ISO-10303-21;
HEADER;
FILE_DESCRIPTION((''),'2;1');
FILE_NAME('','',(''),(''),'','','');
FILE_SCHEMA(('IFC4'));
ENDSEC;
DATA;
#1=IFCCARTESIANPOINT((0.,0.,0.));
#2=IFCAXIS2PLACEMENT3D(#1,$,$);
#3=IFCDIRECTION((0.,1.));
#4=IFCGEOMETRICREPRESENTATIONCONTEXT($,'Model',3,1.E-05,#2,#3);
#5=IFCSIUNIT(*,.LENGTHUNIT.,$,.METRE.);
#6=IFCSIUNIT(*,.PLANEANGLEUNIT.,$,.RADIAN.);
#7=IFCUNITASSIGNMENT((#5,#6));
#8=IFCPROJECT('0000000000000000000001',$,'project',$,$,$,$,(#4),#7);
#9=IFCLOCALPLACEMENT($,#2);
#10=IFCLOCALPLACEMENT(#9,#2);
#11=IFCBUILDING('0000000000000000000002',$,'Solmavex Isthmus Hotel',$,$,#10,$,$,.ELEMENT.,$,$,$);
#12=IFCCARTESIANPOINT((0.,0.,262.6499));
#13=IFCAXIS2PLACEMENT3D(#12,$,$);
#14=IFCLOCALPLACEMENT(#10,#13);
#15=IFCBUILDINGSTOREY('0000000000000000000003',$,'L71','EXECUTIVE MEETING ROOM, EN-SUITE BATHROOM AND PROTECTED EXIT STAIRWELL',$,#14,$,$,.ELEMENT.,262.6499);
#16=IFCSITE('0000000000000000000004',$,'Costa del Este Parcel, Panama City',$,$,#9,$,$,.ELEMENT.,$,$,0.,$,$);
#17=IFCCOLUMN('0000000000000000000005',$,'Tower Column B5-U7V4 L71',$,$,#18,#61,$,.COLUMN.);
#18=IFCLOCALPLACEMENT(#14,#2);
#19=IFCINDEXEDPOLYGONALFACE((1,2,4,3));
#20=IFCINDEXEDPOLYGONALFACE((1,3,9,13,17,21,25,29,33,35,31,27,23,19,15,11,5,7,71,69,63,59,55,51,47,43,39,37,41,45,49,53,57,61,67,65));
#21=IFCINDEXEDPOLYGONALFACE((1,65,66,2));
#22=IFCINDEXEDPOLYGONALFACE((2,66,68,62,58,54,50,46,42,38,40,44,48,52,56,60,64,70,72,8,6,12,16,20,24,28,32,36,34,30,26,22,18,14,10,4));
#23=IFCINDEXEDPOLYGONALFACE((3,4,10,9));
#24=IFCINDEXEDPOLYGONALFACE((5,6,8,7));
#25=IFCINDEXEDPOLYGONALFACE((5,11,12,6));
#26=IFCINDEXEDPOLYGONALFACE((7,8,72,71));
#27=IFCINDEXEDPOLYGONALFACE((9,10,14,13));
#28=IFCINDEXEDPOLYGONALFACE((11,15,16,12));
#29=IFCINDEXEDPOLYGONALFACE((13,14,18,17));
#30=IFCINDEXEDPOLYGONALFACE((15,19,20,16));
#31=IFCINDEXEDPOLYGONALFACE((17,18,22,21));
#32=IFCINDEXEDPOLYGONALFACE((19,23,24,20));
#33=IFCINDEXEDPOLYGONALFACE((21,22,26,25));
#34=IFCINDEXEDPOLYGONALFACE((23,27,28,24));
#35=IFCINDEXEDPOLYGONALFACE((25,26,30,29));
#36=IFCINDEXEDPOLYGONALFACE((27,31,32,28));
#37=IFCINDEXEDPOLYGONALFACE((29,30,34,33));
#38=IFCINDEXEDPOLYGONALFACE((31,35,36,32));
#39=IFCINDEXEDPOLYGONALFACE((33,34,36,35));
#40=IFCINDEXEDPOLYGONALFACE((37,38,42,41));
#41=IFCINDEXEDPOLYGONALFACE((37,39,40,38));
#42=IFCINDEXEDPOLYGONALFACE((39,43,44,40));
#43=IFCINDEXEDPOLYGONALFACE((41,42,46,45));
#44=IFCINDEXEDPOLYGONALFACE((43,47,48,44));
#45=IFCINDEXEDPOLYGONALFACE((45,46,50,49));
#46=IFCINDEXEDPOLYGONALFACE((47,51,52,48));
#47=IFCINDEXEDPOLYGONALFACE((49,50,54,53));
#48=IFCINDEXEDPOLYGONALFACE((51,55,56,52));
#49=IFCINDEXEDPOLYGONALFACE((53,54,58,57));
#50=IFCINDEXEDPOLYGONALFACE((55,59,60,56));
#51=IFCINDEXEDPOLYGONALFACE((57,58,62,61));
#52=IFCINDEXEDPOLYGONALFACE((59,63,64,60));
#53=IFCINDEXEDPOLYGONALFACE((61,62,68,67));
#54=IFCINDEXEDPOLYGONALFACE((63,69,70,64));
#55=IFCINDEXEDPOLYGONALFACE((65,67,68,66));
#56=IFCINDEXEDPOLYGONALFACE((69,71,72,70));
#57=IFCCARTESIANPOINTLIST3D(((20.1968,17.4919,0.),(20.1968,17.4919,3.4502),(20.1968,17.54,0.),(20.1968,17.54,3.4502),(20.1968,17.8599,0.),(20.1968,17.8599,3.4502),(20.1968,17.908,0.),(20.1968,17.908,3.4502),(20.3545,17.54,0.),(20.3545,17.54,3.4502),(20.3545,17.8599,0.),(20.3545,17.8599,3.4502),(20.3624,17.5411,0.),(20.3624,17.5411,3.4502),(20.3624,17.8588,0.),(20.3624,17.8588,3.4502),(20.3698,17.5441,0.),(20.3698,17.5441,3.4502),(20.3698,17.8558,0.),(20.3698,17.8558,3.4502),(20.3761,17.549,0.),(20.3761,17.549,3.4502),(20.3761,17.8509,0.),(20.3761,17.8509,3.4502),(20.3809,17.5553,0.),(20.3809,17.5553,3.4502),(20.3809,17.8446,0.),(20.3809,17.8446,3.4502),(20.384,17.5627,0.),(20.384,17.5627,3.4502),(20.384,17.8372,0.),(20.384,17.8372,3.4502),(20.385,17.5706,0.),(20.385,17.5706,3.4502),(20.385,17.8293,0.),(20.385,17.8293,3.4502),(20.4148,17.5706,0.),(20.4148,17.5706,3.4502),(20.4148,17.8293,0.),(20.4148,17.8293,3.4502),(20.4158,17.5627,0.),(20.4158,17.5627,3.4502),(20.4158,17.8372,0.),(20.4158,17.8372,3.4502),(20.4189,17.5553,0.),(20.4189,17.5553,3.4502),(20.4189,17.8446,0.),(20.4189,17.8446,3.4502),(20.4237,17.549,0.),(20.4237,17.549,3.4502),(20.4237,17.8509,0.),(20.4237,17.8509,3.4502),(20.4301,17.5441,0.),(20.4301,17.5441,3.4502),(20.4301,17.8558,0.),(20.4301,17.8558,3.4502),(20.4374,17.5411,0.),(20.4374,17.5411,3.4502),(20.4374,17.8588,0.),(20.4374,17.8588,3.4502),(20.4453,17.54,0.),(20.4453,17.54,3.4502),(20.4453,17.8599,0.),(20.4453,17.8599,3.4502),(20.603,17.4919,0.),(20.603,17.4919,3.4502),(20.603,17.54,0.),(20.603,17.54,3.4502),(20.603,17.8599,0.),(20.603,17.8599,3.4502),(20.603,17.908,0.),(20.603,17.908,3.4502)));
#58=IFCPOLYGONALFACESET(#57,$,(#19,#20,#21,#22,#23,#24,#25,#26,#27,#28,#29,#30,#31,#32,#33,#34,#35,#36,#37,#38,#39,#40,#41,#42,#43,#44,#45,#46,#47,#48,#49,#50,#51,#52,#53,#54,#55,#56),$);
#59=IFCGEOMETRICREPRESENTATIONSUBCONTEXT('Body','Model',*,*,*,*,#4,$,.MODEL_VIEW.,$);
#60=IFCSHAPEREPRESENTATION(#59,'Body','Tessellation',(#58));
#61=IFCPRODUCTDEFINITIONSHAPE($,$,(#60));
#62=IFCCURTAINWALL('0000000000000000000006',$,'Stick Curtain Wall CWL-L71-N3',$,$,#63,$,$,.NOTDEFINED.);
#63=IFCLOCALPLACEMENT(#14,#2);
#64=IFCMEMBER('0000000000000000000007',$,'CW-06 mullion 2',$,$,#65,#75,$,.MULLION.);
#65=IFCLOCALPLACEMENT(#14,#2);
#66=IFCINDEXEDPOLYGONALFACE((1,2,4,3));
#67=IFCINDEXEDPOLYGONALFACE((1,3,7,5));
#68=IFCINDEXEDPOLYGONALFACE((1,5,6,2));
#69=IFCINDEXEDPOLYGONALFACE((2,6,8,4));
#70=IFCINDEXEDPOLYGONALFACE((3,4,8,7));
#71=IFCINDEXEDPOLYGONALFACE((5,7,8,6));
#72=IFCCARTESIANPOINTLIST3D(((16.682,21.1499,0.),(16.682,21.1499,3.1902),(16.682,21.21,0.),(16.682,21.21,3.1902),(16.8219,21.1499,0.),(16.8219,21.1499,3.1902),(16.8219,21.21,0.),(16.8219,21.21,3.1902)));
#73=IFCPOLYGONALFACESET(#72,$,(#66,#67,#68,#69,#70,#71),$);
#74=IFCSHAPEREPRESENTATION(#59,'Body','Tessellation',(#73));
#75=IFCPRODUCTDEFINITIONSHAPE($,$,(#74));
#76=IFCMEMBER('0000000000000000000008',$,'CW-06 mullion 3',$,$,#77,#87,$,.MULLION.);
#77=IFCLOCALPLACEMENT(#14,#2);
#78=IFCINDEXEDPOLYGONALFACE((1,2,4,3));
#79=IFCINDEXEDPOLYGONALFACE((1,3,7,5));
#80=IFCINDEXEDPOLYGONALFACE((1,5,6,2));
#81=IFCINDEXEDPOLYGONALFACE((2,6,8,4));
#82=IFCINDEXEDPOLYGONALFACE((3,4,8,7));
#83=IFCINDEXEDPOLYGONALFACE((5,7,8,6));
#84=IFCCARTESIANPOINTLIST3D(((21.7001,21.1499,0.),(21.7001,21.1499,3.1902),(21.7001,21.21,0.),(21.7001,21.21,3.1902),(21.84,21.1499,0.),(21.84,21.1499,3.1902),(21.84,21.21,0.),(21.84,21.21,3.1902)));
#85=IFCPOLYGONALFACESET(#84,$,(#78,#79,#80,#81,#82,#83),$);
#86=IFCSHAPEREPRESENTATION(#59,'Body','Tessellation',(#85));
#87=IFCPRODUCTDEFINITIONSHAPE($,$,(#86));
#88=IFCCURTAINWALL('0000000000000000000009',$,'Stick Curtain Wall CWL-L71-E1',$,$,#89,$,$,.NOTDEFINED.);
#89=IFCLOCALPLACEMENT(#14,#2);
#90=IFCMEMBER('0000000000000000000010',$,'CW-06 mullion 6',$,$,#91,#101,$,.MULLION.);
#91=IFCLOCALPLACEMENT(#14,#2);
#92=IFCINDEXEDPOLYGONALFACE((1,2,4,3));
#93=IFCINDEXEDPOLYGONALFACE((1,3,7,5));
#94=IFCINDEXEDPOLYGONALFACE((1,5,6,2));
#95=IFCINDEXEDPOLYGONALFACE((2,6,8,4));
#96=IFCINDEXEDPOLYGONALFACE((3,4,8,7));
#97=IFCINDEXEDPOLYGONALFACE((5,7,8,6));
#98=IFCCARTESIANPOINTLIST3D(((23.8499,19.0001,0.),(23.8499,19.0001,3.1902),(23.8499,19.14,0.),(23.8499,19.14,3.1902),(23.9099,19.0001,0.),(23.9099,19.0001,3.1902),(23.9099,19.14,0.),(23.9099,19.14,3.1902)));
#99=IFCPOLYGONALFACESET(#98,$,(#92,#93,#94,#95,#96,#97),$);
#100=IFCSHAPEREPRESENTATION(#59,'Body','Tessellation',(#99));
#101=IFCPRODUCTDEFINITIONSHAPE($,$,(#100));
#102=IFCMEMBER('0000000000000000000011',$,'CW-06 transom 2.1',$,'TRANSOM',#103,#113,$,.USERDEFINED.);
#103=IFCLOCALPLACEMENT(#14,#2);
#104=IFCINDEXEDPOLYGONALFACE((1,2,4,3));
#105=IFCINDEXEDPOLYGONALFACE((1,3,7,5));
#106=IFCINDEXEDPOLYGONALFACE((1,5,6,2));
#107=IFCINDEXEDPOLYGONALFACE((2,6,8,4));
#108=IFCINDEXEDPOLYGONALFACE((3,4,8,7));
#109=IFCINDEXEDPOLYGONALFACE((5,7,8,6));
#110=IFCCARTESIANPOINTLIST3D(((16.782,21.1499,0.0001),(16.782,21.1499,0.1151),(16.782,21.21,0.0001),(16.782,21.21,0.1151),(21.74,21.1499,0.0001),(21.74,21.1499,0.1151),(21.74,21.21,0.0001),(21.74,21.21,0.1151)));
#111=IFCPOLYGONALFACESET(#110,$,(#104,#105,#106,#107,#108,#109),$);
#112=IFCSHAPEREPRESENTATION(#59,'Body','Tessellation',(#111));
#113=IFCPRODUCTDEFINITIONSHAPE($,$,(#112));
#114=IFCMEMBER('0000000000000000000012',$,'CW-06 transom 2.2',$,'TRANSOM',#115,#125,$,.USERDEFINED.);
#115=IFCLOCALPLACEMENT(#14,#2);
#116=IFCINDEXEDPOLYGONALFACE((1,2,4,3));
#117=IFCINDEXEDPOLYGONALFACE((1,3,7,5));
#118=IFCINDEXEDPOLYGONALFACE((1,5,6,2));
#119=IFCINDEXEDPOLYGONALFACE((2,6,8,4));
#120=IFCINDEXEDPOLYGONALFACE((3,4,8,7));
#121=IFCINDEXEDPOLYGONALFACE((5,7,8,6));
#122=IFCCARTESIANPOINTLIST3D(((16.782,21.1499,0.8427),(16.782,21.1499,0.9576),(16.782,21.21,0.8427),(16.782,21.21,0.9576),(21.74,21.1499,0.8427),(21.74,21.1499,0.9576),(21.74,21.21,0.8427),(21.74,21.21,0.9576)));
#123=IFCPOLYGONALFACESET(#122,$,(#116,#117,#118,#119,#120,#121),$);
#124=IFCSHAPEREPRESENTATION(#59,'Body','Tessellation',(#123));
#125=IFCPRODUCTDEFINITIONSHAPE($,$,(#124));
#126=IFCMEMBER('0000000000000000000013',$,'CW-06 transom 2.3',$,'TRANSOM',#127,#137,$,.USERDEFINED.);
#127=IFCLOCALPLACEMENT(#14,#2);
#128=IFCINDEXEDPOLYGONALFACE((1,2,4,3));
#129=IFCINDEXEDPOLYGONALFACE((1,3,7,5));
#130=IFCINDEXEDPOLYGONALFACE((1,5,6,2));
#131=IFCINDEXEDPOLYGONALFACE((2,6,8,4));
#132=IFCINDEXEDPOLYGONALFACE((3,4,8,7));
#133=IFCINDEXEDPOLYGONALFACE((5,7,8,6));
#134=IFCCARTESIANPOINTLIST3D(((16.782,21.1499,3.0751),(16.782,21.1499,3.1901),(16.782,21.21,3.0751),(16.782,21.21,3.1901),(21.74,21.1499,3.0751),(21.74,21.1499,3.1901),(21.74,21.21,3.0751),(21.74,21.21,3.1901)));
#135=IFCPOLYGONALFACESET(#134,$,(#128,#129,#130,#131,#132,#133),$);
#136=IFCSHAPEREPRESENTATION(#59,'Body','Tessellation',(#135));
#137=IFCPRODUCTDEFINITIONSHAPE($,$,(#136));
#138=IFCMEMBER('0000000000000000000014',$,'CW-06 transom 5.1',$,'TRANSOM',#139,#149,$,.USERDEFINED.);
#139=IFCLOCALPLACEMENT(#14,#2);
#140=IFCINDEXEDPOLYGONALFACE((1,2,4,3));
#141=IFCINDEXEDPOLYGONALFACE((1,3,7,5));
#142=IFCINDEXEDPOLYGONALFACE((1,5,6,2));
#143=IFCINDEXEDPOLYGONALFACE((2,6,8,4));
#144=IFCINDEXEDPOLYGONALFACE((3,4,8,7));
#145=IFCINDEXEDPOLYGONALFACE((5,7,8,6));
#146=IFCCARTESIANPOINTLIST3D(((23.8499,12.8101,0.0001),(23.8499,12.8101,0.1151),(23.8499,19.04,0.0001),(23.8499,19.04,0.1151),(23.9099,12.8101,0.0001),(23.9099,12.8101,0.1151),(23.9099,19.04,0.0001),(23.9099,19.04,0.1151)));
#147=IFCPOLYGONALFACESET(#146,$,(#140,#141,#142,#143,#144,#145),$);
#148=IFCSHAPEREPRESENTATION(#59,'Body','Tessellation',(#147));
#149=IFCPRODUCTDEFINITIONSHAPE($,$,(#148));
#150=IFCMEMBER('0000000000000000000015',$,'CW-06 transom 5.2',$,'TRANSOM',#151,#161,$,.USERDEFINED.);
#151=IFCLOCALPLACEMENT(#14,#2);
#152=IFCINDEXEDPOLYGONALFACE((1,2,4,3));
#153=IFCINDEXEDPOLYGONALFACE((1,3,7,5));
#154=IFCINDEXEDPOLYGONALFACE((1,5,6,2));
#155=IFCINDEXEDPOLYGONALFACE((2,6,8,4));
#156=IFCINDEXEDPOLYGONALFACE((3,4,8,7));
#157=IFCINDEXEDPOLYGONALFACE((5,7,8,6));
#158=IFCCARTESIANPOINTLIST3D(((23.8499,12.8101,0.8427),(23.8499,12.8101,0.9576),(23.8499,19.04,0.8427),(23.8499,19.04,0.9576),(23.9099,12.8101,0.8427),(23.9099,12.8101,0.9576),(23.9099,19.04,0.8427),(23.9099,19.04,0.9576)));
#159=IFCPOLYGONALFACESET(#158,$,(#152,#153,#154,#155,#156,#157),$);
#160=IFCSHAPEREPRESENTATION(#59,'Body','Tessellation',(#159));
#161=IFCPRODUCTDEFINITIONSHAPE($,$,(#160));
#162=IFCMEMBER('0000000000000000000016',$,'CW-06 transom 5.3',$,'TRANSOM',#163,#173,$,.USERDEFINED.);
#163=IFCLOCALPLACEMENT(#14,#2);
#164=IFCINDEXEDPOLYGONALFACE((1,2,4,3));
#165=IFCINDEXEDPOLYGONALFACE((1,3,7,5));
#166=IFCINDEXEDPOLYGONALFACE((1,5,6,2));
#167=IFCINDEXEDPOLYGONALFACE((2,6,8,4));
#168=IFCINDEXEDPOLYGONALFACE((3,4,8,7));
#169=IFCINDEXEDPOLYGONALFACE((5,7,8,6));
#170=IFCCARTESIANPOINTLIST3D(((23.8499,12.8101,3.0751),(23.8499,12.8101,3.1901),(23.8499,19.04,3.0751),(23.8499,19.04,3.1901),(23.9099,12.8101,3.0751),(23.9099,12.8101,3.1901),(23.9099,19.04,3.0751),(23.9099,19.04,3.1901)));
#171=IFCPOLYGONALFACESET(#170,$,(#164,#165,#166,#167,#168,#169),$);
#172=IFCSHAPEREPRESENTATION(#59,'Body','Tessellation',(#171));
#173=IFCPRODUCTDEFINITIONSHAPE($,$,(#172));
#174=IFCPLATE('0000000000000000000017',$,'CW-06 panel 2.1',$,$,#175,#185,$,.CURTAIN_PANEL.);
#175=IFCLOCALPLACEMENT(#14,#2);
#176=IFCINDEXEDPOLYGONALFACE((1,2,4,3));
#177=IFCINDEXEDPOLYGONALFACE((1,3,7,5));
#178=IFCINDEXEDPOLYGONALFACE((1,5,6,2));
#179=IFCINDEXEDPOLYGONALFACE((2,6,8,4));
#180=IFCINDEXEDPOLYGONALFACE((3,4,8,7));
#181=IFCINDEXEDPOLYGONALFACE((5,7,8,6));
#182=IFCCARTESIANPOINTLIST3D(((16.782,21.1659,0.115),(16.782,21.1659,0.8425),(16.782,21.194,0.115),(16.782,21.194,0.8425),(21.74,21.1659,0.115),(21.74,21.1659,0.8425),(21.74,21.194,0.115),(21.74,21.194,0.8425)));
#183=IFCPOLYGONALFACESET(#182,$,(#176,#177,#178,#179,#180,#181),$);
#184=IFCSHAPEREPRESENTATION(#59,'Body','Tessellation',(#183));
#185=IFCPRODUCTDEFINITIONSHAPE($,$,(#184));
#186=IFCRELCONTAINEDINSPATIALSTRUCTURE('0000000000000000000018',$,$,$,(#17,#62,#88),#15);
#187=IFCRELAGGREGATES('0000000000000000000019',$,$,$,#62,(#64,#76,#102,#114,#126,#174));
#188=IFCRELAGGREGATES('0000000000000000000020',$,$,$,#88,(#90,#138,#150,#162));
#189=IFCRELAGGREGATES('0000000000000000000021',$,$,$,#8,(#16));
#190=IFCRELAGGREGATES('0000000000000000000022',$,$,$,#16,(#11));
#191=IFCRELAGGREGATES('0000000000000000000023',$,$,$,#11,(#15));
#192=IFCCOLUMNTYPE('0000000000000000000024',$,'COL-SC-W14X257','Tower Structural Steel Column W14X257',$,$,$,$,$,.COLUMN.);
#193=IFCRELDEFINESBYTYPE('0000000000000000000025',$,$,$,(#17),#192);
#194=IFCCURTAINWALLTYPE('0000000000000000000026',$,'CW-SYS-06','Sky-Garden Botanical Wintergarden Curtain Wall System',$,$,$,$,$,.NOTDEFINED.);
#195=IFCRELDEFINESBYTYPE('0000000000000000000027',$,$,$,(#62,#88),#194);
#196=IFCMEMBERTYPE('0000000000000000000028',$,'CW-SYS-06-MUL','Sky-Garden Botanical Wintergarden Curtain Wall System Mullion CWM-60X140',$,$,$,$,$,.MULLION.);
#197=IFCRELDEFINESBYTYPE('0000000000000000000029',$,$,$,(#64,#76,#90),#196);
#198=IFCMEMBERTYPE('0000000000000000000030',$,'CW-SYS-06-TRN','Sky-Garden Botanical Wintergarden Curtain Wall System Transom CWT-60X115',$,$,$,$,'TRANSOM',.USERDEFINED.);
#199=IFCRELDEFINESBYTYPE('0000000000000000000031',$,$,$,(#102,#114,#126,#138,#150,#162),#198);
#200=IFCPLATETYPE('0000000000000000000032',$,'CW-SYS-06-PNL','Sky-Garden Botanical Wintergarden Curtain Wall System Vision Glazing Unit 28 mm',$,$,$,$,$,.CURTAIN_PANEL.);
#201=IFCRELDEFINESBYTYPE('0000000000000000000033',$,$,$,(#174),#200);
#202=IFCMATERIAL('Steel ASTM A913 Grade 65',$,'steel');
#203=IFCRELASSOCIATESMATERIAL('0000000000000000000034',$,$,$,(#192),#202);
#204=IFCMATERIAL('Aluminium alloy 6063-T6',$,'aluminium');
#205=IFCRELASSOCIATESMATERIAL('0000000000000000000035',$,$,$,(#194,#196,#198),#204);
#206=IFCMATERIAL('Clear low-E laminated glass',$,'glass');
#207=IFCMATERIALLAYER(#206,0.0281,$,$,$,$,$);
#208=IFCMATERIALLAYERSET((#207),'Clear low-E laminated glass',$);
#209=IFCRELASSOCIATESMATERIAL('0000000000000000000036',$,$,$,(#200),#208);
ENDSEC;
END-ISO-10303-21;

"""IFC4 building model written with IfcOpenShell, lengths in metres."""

from ifc_helpers import new_model, si_unit, direction, frame, origin, origin_2d, place, context, subcontext, project, spatial, rectangle, i_section, extrude, material, layer, layer_set, material_profile, profile_set, type_object, element, aggregate, save


model = new_model("IFC4")

# Units and contexts
model_context = context("Model", 3, precision=1e-05, world=origin(), true_north=direction((0.0, 1.0)))
body_context = subcontext(model_context, "Body", "Model", "MODEL_VIEW")
ifc_project = project(units=[si_unit("LENGTHUNIT", "METRE"), si_unit("PLANEANGLEUNIT", "RADIAN")], contexts=[model_context])

# Site, building, storey
site_placement = place(None, origin())
site = spatial("IfcSite", under=ifc_project, at=site_placement, Name="Costa del Este Parcel, Panama City", CompositionType="ELEMENT", RefElevation=0.0)
building_placement = place(site_placement, origin())
building = spatial("IfcBuilding", under=site, at=building_placement, Name="Solmavex Isthmus Hotel", CompositionType="ELEMENT")
storey_placement = place(building_placement, frame((0.0, 0.0, 262.6499)))
storey = spatial("IfcBuildingStorey", under=building, at=storey_placement, Name="L71", Description="EXECUTIVE MEETING ROOM, EN-SUITE BATHROOM AND PROTECTED EXIT STAIRWELL", CompositionType="ELEMENT", Elevation=262.6499)

# Column
ifc_material_1 = material(Name="Steel ASTM A913 Grade 65", Category="steel")
ifc_material_profile_1 = material_profile(ifc_material_1, i_section(OverallWidth=0.4062, OverallDepth=0.416, WebThickness=0.0298, FlangeThickness=0.0481, FilletRadius=0.0305, at=origin_2d()), Name="W14X257")
ifc_profile_set_1 = profile_set([ifc_material_profile_1], Name="Steel ASTM A913 Grade 65")
column_type = type_object("IfcColumnType", Name="COL-SC-W14X257", Description="Tower Structural Steel Column W14X257", PredefinedType="COLUMN", material=ifc_profile_set_1)
column_placement = place(storey_placement, frame((20.3999, 17.7, 0.0), z_axis=(0.0, 0.0, 1.0), x_axis=(1.0, 0.0, 0.0)))
element("IfcColumn", 1, at=column_placement, inside=storey, type_object=column_type, Name="Tower Column B5-U7V4 L71", PredefinedType="COLUMN", context=body_context, shape_type="SweptSolid", body=[
    extrude(i_section(OverallWidth=0.4062, OverallDepth=0.416, WebThickness=0.0298, FlangeThickness=0.0481, FilletRadius=0.0305, at=origin_2d()), origin(), (0.0, 0.0, 1.0), 3.4502),
])

# Curtain wall, members
ifc_material_2 = material(Name="Aluminium alloy 6063-T6", Category="aluminium")
curtain_wall_type = type_object("IfcCurtainWallType", Name="CW-SYS-06", Description="Sky-Garden Botanical Wintergarden Curtain Wall System", PredefinedType="NOTDEFINED", material=ifc_material_2)
curtain_wall_1_placement = place(storey_placement, origin())
curtain_wall_1 = element("IfcCurtainWall", 2, at=curtain_wall_1_placement, inside=storey, type_object=curtain_wall_type, Name="Stick Curtain Wall CWL-L71-N3", PredefinedType="NOTDEFINED")
ifc_material_profile_2 = material_profile(ifc_material_2, rectangle(XDim=0.0601, YDim=0.1399, at=origin_2d()), Name="CWM-60X140")
ifc_profile_set_2 = profile_set([ifc_material_profile_2], Name="Aluminium alloy 6063-T6")
member_type_1 = type_object("IfcMemberType", Name="CW-SYS-06-MUL", Description="Sky-Garden Botanical Wintergarden Curtain Wall System Mullion CWM-60X140", PredefinedType="MULLION", material=ifc_profile_set_2)
member_1_placement = place(storey_placement, frame((16.752, 21.1799, 0.0), z_axis=(0.0, 0.0, 1.0), x_axis=(0.0, 1.0, 0.0)))
member_1 = element("IfcMember", 3, at=member_1_placement, type_object=member_type_1, Name="CW-06 mullion 2", PredefinedType="MULLION", context=body_context, shape_type="SweptSolid", body=[
    extrude(rectangle(XDim=0.0601, YDim=0.1399, at=origin_2d()), origin(), (0.0, 0.0, 1.0), 3.1902),
])
member_2_placement = place(storey_placement, frame((21.77, 21.1799, 0.0), z_axis=(0.0, 0.0, 1.0), x_axis=(0.0, 1.0, 0.0)))
member_2 = element("IfcMember", 4, at=member_2_placement, type_object=member_type_1, Name="CW-06 mullion 3", PredefinedType="MULLION", context=body_context, shape_type="SweptSolid", body=[
    extrude(rectangle(XDim=0.0601, YDim=0.1399, at=origin_2d()), origin(), (0.0, 0.0, 1.0), 3.1902),
])

# Curtain wall, member
curtain_wall_2_placement = place(storey_placement, origin())
curtain_wall_2 = element("IfcCurtainWall", 5, at=curtain_wall_2_placement, inside=storey, type_object=curtain_wall_type, Name="Stick Curtain Wall CWL-L71-E1", PredefinedType="NOTDEFINED")
member_3_placement = place(storey_placement, frame((23.8799, 19.0701, 0.0), z_axis=(0.0, 0.0, 1.0), x_axis=(-1.0, 0.0, 0.0)))
member_3 = element("IfcMember", 6, at=member_3_placement, type_object=member_type_1, Name="CW-06 mullion 6", PredefinedType="MULLION", context=body_context, shape_type="SweptSolid", body=[
    extrude(rectangle(XDim=0.0601, YDim=0.1399, at=origin_2d()), origin(), (0.0, 0.0, 1.0), 3.1902),
])

# Members
ifc_material_profile_3 = material_profile(ifc_material_2, rectangle(XDim=0.0601, YDim=0.115, at=origin_2d()), Name="CWT-60X115")
ifc_profile_set_3 = profile_set([ifc_material_profile_3], Name="Aluminium alloy 6063-T6")
member_type_2 = type_object("IfcMemberType", Name="CW-SYS-06-TRN", Description="Sky-Garden Botanical Wintergarden Curtain Wall System Transom CWT-60X115", ElementType="TRANSOM", PredefinedType="USERDEFINED", material=ifc_profile_set_3)
member_4_placement = place(storey_placement, frame((16.782, 21.1799, 0.0576), z_axis=(1.0, 0.0, 0.0), x_axis=(0.0, 1.0, 0.0)))
member_4 = element("IfcMember", 7, at=member_4_placement, type_object=member_type_2, Name="CW-06 transom 2.1", ObjectType="TRANSOM", PredefinedType="USERDEFINED", context=body_context, shape_type="SweptSolid", body=[
    extrude(rectangle(XDim=0.0601, YDim=0.115, at=origin_2d()), origin(), (0.0, 0.0, 1.0), 4.958),
])
member_5_placement = place(storey_placement, frame((16.782, 21.1799, 0.9001), z_axis=(1.0, 0.0, 0.0), x_axis=(0.0, 1.0, 0.0)))
member_5 = element("IfcMember", 8, at=member_5_placement, type_object=member_type_2, Name="CW-06 transom 2.2", ObjectType="TRANSOM", PredefinedType="USERDEFINED", context=body_context, shape_type="SweptSolid", body=[
    extrude(rectangle(XDim=0.0601, YDim=0.115, at=origin_2d()), origin(), (0.0, 0.0, 1.0), 4.958),
])
member_6_placement = place(storey_placement, frame((16.782, 21.1799, 3.1326), z_axis=(1.0, 0.0, 0.0), x_axis=(0.0, 1.0, 0.0)))
member_6 = element("IfcMember", 9, at=member_6_placement, type_object=member_type_2, Name="CW-06 transom 2.3", ObjectType="TRANSOM", PredefinedType="USERDEFINED", context=body_context, shape_type="SweptSolid", body=[
    extrude(rectangle(XDim=0.0601, YDim=0.115, at=origin_2d()), origin(), (0.0, 0.0, 1.0), 4.958),
])
member_7_placement = place(storey_placement, frame((23.8799, 12.8101, 0.0576), z_axis=(0.0, 1.0, 0.0), x_axis=(-1.0, 0.0, 0.0)))
member_7 = element("IfcMember", 10, at=member_7_placement, type_object=member_type_2, Name="CW-06 transom 5.1", ObjectType="TRANSOM", PredefinedType="USERDEFINED", context=body_context, shape_type="SweptSolid", body=[
    extrude(rectangle(XDim=0.0601, YDim=0.115, at=origin_2d()), origin(), (0.0, 0.0, 1.0), 6.23),
])
member_8_placement = place(storey_placement, frame((23.8799, 12.8101, 0.9001), z_axis=(0.0, 1.0, 0.0), x_axis=(-1.0, 0.0, 0.0)))
member_8 = element("IfcMember", 11, at=member_8_placement, type_object=member_type_2, Name="CW-06 transom 5.2", ObjectType="TRANSOM", PredefinedType="USERDEFINED", context=body_context, shape_type="SweptSolid", body=[
    extrude(rectangle(XDim=0.0601, YDim=0.115, at=origin_2d()), origin(), (0.0, 0.0, 1.0), 6.23),
])
member_9_placement = place(storey_placement, frame((23.8799, 12.8101, 3.1326), z_axis=(0.0, 1.0, 0.0), x_axis=(-1.0, 0.0, 0.0)))
member_9 = element("IfcMember", 12, at=member_9_placement, type_object=member_type_2, Name="CW-06 transom 5.3", ObjectType="TRANSOM", PredefinedType="USERDEFINED", context=body_context, shape_type="SweptSolid", body=[
    extrude(rectangle(XDim=0.0601, YDim=0.115, at=origin_2d()), origin(), (0.0, 0.0, 1.0), 6.23),
])

# Plate
ifc_material_3 = material(Name="Clear low-E laminated glass", Category="glass")
ifc_layer_1 = layer(ifc_material_3, 0.0281)
ifc_layer_set_1 = layer_set([ifc_layer_1], Name="Clear low-E laminated glass")
plate_type = type_object("IfcPlateType", Name="CW-SYS-06-PNL", Description="Sky-Garden Botanical Wintergarden Curtain Wall System Vision Glazing Unit 28 mm", PredefinedType="CURTAIN_PANEL", material=ifc_layer_set_1)
plate_1_placement = place(storey_placement, frame((19.261, 21.1799, 0.115), z_axis=(0.0, 0.0, 1.0), x_axis=(1.0, 0.0, 0.0)))
plate_1 = element("IfcPlate", 13, at=plate_1_placement, type_object=plate_type, Name="CW-06 panel 2.1", PredefinedType="CURTAIN_PANEL", context=body_context, shape_type="SweptSolid", body=[
    extrude(rectangle(XDim=4.958, YDim=0.0281, at=origin_2d()), origin(), (0.0, 0.0, 1.0), 0.7275),
])
aggregate(curtain_wall_1, [member_1, member_2, member_4, member_5, member_6, plate_1])
aggregate(curtain_wall_2, [member_3, member_7, member_8, member_9])

save(model, "model.ifc")
